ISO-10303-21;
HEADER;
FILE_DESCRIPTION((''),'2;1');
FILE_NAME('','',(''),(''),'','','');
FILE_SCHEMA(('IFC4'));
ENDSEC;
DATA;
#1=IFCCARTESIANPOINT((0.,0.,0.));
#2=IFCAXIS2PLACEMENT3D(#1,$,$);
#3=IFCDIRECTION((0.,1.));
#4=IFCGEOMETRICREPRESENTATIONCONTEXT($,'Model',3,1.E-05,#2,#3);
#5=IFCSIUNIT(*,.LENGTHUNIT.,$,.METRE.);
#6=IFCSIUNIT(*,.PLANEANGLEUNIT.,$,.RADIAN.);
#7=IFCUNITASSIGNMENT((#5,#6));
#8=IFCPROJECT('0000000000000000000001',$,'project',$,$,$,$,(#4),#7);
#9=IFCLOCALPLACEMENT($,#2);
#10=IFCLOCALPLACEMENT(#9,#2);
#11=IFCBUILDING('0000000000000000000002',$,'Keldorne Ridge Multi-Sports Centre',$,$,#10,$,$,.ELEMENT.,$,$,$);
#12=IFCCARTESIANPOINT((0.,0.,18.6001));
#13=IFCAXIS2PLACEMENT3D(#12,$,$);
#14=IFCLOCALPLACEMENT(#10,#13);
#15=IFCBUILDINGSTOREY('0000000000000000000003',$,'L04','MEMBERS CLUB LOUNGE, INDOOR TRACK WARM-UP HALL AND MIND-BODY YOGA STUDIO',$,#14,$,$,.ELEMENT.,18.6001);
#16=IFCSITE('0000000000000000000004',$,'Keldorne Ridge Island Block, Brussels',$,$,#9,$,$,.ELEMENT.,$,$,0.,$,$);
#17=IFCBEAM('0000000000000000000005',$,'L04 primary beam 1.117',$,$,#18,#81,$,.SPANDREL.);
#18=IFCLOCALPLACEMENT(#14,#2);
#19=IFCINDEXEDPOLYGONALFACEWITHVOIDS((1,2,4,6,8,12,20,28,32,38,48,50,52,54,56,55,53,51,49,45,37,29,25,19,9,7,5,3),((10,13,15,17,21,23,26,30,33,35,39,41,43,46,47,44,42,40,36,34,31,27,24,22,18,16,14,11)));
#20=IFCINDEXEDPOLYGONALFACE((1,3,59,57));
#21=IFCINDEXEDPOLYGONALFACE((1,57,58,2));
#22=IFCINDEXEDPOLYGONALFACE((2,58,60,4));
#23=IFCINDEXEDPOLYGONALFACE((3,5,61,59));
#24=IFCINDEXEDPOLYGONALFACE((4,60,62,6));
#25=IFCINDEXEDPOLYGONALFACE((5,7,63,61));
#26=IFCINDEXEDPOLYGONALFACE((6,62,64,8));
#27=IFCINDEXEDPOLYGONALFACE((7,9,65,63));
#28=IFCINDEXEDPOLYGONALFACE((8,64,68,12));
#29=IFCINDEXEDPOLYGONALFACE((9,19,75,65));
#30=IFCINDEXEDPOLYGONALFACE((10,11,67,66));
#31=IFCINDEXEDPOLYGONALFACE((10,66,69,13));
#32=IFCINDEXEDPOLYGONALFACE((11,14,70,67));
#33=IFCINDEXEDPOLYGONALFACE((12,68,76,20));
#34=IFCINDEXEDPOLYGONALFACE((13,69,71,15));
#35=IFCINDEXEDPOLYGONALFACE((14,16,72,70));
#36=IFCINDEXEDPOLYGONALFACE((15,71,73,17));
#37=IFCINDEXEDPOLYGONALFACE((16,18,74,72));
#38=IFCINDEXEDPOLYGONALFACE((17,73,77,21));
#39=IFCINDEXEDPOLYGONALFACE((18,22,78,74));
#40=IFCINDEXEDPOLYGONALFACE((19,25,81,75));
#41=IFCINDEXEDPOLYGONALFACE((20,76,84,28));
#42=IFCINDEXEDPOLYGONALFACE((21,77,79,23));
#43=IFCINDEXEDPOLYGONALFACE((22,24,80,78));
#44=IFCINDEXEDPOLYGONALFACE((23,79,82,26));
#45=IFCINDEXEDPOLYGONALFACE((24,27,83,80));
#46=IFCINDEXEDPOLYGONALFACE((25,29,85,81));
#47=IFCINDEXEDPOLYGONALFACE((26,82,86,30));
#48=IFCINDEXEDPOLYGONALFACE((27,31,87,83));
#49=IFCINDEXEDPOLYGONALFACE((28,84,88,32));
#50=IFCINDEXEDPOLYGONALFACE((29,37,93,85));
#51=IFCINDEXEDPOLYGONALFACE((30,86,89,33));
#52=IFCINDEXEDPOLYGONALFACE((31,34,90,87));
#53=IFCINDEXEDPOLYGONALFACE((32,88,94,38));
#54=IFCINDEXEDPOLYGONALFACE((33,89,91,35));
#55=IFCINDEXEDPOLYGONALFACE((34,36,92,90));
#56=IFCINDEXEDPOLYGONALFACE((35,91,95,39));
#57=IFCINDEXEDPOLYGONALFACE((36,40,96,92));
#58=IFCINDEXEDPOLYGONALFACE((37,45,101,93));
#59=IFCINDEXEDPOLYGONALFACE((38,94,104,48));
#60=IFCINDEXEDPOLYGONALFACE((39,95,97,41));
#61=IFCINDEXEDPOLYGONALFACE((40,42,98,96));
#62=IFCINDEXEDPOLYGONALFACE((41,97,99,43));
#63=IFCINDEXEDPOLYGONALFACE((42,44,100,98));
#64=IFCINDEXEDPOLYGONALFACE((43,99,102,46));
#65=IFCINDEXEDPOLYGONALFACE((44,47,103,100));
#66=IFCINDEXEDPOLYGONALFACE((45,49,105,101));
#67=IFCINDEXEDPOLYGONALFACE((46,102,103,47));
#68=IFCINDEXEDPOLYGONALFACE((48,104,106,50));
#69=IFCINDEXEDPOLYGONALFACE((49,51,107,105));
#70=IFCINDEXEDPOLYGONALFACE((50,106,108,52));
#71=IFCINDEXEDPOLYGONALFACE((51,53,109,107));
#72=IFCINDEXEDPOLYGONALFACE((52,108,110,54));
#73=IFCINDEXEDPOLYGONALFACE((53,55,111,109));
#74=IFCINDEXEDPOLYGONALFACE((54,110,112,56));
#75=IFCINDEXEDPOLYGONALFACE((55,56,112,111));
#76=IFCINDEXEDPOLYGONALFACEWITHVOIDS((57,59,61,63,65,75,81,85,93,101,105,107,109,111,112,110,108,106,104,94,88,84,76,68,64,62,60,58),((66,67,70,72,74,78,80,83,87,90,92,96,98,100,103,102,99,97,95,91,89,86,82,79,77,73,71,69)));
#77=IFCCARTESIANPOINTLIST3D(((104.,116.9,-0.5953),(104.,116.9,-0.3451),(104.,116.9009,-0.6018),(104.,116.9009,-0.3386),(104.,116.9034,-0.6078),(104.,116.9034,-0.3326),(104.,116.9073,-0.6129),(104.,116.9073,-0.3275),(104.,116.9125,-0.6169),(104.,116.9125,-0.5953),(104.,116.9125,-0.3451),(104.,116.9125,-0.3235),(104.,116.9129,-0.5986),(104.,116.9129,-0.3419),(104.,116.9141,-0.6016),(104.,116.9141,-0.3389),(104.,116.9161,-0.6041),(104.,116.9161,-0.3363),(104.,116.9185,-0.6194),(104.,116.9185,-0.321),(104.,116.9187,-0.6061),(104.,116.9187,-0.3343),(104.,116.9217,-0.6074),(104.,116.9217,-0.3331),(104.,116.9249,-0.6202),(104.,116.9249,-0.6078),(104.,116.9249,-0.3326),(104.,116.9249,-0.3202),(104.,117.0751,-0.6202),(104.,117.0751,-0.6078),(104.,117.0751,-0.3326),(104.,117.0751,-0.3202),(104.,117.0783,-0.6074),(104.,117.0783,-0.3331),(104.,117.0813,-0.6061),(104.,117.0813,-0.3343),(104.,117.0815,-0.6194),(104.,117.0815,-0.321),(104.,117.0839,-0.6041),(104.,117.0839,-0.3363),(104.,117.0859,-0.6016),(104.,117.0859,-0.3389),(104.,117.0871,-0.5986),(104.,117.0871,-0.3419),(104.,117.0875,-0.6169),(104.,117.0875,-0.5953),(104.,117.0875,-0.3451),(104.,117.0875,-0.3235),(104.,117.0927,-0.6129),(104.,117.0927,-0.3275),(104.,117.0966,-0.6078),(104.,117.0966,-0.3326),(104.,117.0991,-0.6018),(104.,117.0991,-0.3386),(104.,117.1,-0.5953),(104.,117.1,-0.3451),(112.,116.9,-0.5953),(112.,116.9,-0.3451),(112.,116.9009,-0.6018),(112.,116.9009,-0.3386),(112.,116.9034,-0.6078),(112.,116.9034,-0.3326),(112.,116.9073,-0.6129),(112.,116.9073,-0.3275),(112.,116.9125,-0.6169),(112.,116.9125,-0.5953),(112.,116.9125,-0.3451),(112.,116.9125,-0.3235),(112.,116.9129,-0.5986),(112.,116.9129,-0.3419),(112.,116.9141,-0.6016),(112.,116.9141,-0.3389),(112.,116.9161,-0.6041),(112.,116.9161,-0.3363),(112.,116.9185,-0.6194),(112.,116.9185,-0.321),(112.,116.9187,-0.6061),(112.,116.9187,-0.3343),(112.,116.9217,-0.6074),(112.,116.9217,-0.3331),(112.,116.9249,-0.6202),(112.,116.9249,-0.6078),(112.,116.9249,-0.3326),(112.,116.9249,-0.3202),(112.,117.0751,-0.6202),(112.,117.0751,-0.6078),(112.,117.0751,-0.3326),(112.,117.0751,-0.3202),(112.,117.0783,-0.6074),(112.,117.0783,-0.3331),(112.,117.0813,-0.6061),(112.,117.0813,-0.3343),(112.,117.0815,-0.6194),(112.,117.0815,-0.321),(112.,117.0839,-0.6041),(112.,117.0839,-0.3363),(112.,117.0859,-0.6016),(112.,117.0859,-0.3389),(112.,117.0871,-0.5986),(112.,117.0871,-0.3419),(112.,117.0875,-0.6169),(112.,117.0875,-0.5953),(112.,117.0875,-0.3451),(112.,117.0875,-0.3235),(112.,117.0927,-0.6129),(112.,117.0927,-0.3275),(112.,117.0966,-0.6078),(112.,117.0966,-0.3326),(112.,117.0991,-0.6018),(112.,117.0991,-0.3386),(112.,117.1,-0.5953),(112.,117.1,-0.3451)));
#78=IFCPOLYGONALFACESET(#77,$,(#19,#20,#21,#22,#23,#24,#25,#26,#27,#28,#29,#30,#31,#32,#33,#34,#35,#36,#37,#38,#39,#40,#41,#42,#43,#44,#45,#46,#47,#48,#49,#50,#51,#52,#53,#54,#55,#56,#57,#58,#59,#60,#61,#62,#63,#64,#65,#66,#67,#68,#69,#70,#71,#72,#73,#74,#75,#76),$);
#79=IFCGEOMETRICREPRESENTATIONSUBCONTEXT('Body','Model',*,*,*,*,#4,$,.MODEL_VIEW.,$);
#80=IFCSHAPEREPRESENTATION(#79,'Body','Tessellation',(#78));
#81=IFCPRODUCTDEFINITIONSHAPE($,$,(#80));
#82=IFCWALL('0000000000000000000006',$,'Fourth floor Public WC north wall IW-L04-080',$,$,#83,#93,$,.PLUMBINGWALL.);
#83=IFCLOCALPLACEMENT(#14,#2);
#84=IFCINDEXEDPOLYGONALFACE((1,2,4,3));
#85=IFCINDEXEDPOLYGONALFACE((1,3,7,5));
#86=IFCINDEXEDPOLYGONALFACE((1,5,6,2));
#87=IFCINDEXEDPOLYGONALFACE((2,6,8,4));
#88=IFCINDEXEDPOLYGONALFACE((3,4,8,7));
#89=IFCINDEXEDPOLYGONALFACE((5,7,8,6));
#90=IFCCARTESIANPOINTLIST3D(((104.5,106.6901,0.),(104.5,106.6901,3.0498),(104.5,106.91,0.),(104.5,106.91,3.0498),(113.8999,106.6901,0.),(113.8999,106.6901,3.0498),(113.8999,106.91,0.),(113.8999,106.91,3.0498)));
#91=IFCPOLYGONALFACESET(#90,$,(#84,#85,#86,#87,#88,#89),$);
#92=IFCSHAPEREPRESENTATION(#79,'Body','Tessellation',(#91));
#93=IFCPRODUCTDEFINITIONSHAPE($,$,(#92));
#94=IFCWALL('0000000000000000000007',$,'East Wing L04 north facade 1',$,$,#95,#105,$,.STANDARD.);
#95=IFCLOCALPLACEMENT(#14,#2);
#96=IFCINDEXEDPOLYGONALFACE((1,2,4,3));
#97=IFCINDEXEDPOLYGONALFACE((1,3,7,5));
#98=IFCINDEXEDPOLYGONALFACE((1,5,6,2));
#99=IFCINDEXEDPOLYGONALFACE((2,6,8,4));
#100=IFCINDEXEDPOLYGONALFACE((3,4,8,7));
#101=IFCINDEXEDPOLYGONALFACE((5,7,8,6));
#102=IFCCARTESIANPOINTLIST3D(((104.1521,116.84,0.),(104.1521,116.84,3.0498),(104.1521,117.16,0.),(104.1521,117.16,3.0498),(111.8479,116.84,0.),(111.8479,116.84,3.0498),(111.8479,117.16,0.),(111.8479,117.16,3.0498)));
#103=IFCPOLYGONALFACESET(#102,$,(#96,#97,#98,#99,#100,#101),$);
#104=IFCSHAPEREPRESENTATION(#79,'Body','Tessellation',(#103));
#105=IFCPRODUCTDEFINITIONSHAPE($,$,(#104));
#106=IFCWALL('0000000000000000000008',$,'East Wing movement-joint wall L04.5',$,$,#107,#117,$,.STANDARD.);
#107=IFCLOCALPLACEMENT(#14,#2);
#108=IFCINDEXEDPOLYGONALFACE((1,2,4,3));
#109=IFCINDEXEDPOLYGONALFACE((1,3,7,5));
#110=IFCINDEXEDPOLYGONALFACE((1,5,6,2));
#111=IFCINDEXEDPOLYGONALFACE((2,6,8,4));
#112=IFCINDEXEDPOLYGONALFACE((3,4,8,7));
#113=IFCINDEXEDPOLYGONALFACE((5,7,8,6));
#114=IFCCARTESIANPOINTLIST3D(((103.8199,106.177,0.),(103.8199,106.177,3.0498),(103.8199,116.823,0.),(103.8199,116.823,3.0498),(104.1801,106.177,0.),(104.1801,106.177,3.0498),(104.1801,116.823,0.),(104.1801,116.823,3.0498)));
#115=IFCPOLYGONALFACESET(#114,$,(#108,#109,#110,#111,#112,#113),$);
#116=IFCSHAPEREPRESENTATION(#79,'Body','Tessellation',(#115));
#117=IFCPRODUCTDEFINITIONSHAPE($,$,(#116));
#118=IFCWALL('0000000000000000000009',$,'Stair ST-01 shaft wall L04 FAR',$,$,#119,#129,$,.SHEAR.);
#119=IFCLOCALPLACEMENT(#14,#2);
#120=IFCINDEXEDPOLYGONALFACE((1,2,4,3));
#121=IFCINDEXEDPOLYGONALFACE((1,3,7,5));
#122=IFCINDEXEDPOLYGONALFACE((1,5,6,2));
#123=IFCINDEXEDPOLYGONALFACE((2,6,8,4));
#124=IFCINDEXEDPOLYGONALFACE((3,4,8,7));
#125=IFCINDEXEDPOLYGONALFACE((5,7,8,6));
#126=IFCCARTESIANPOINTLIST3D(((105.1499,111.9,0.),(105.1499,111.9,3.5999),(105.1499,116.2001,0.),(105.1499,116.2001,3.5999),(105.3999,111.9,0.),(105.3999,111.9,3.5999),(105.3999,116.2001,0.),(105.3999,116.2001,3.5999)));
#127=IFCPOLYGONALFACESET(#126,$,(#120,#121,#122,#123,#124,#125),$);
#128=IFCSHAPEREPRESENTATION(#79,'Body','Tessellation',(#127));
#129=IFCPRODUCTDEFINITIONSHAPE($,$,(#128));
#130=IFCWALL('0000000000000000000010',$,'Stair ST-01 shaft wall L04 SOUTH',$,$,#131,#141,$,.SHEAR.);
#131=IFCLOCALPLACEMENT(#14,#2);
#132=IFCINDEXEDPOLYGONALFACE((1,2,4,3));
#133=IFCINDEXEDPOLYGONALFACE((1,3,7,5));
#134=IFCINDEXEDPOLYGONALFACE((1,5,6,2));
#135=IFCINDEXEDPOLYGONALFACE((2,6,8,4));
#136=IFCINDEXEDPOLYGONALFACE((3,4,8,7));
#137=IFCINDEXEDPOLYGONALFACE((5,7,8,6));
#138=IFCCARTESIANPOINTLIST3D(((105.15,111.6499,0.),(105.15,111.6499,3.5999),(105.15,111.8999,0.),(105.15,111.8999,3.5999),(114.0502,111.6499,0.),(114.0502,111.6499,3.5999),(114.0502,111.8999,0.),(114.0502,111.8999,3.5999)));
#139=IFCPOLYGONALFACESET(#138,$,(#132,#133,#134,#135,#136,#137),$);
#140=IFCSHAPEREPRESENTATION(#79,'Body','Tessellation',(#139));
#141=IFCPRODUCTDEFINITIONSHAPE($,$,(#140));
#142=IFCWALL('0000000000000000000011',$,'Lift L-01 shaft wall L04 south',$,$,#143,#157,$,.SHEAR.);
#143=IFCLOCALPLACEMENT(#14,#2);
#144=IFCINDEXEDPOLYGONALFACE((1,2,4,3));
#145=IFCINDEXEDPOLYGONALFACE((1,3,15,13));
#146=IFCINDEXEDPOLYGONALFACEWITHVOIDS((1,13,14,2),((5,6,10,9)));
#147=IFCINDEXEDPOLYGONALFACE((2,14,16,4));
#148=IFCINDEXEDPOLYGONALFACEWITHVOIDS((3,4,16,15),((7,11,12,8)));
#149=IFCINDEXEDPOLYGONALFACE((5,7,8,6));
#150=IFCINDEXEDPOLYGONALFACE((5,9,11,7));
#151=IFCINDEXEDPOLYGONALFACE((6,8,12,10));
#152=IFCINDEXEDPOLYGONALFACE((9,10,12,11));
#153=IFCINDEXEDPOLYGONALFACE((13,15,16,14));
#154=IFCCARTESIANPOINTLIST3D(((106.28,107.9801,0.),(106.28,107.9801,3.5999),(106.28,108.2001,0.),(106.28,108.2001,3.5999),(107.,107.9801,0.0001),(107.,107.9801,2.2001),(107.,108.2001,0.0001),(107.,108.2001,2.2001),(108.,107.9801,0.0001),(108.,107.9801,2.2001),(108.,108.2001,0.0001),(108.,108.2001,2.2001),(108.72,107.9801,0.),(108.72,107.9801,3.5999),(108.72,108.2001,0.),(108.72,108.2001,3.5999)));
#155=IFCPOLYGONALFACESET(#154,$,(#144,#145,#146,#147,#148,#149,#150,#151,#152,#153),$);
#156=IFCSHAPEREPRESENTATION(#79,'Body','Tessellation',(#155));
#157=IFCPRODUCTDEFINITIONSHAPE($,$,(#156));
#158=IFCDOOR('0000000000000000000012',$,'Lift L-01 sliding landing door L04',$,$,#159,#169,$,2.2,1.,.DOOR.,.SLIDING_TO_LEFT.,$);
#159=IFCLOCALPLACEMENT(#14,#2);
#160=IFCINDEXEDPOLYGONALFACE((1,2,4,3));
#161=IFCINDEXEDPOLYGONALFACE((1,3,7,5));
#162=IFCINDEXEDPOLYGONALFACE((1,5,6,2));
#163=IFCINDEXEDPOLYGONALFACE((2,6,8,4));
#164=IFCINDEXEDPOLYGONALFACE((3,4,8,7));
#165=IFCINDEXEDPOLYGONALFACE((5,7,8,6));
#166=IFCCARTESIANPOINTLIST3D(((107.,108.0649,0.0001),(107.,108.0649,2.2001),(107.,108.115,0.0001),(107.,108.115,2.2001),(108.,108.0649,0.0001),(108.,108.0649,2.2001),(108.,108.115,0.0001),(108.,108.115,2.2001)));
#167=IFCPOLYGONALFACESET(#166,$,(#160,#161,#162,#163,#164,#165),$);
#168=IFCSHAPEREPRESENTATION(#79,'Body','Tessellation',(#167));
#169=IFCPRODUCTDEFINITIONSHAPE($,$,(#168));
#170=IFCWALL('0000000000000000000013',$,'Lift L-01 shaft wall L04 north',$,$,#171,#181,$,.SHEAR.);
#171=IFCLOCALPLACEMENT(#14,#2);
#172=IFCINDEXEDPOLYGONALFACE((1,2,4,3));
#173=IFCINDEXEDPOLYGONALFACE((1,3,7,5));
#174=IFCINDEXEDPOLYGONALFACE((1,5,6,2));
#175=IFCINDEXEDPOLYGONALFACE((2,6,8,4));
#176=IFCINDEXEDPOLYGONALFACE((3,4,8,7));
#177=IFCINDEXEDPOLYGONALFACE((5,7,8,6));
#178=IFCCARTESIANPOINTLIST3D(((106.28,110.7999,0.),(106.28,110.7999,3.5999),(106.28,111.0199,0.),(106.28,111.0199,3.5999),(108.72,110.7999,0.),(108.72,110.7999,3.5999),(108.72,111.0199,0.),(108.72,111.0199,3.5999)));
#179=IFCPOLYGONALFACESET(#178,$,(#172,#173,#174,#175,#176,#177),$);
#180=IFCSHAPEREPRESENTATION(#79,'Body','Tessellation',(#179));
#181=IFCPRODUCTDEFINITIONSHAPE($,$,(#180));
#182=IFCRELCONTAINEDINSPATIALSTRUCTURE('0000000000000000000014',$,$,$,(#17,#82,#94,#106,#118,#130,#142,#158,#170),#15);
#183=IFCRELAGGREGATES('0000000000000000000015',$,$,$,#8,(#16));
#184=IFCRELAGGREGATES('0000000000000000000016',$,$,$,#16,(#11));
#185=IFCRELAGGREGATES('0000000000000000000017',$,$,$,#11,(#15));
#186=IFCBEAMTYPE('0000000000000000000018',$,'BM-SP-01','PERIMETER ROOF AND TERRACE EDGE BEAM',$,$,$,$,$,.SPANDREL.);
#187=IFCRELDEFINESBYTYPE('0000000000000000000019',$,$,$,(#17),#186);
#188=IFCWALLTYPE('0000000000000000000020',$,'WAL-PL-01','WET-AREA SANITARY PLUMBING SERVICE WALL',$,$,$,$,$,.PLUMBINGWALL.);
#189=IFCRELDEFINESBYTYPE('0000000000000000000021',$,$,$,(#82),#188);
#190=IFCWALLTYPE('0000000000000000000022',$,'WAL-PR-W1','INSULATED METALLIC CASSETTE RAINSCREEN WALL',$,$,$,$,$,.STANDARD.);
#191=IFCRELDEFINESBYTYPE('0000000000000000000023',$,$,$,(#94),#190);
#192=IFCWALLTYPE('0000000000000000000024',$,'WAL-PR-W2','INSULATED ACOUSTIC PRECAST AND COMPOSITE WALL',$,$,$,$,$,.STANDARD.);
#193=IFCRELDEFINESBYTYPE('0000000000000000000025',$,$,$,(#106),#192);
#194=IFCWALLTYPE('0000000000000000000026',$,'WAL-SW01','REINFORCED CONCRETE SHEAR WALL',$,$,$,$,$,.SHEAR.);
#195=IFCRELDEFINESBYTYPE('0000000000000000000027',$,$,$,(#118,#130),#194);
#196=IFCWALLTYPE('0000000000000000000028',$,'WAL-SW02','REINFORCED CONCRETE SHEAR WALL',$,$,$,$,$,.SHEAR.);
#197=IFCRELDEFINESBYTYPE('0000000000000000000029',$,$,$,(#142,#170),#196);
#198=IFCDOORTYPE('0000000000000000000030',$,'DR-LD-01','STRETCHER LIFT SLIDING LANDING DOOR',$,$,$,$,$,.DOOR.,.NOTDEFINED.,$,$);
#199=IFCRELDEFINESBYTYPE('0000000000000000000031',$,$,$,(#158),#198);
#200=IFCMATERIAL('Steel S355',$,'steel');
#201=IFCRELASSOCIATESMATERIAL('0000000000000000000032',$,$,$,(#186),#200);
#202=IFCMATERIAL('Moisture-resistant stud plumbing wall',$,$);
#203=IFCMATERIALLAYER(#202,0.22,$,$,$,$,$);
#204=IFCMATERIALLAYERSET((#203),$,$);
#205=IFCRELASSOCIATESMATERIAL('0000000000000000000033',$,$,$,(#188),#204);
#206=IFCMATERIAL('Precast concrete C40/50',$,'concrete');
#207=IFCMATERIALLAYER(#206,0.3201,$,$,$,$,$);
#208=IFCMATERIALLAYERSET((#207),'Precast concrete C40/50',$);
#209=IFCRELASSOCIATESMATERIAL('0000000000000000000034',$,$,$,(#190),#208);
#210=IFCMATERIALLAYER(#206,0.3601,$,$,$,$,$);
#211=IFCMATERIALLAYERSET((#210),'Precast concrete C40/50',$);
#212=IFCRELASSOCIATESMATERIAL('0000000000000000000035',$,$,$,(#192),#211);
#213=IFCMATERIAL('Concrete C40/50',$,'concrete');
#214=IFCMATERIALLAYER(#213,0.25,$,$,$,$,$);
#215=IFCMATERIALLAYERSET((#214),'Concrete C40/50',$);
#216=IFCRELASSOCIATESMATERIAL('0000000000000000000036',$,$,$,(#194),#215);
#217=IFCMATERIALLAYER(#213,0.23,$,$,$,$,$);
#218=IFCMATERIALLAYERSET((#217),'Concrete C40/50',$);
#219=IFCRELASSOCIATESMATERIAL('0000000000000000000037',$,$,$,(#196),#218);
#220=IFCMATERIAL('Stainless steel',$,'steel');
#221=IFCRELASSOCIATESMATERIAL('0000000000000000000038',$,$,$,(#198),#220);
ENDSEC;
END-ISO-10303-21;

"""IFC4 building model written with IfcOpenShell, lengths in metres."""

from ifc_helpers import new_model, si_unit, direction, frame, frame_2d, origin, origin_2d, place, context, subcontext, project, spatial, rectangle, hollow_rectangle, extrude, material, layer, layer_set, material_profile, profile_set, type_object, element, fill, save


model = new_model("IFC4")

# Units and contexts
model_context = context("Model", 3, precision=1e-05, world=origin(), true_north=direction((0.0, 1.0)))
body_context = subcontext(model_context, "Body", "Model", "MODEL_VIEW")
ifc_project = project(units=[si_unit("LENGTHUNIT", "METRE"), si_unit("PLANEANGLEUNIT", "RADIAN")], contexts=[model_context])

# Site, building, storey
site_placement = place(None, origin())
site = spatial("IfcSite", under=ifc_project, at=site_placement, Name="Keldorne Ridge Island Block, Brussels", CompositionType="ELEMENT", RefElevation=0.0)
building_placement = place(site_placement, origin())
building = spatial("IfcBuilding", under=site, at=building_placement, Name="Keldorne Ridge Multi-Sports Centre", CompositionType="ELEMENT")
storey_placement = place(building_placement, frame((0.0, 0.0, 18.6001)))
storey = spatial("IfcBuildingStorey", under=building, at=storey_placement, Name="L04", Description="MEMBERS CLUB LOUNGE, INDOOR TRACK WARM-UP HALL AND MIND-BODY YOGA STUDIO", CompositionType="ELEMENT", Elevation=18.6001)

# Shared definitions
ifc_material_1 = material(Name="Steel S355", Category="steel")

# Beam
ifc_material_profile_1 = material_profile(ifc_material_1, hollow_rectangle(XDim=0.2, YDim=0.3, WallThickness=0.0125, InnerFilletRadius=0.0125, OuterFilletRadius=0.0249, at=origin_2d()), Name="RHS 300x200x12.5")
ifc_profile_set_1 = profile_set([ifc_material_profile_1], Name="Steel S355")
beam_type_1 = type_object("IfcBeamType", Name="BM-SP-01", Description="PERIMETER ROOF AND TERRACE EDGE BEAM", PredefinedType="SPANDREL", material=ifc_profile_set_1)
beam_1_placement = place(storey_placement, frame((104.0, 117.0, -0.4702), z_axis=(1.0, 0.0, 0.0), x_axis=(0.0, 1.0, 0.0)))
element("IfcBeam", 1, at=beam_1_placement, inside=storey, type_object=beam_type_1, Name="L04 primary beam 1.117", PredefinedType="SPANDREL", context=body_context, shape_type="SweptSolid", body=[
    extrude(hollow_rectangle(XDim=0.2, YDim=0.3, WallThickness=0.0125, InnerFilletRadius=0.0125, OuterFilletRadius=0.0249, at=origin_2d()), origin(), (0.0, 0.0, 1.0), 8.0),
])

# Walls
ifc_material_2 = material(Name="Moisture-resistant stud plumbing wall")
ifc_layer_1 = layer(ifc_material_2, 0.22)
ifc_layer_set_1 = layer_set([ifc_layer_1])
wall_type_1 = type_object("IfcWallType", Name="WAL-PL-01", Description="WET-AREA SANITARY PLUMBING SERVICE WALL", PredefinedType="PLUMBINGWALL", material=ifc_layer_set_1)
wall_1_placement = place(storey_placement, frame((104.5, 106.8, 0.0), z_axis=(0.0, 0.0, 1.0), x_axis=(1.0, 0.0, 0.0)))
element("IfcWall", 2, at=wall_1_placement, inside=storey, type_object=wall_type_1, Name="Fourth floor Public WC north wall IW-L04-080", PredefinedType="PLUMBINGWALL", context=body_context, shape_type="SweptSolid", body=[
    extrude(rectangle(XDim=9.3999, YDim=0.22, at=frame_2d((4.7, 0.0))), origin(), (0.0, 0.0, 1.0), 3.0498),
])
ifc_material_3 = material(Name="Precast concrete C40/50", Category="concrete")
ifc_layer_2 = layer(ifc_material_3, 0.3201)
ifc_layer_set_2 = layer_set([ifc_layer_2], Name="Precast concrete C40/50")
wall_type_2 = type_object("IfcWallType", Name="WAL-PR-W1", Description="INSULATED METALLIC CASSETTE RAINSCREEN WALL", PredefinedType="STANDARD", material=ifc_layer_set_2)
wall_2_placement = place(storey_placement, frame((111.8479, 117.0, 0.0), z_axis=(0.0, 0.0, 1.0), x_axis=(-1.0, 0.0, 0.0)))
element("IfcWall", 3, at=wall_2_placement, inside=storey, type_object=wall_type_2, Name="East Wing L04 north facade 1", PredefinedType="STANDARD", context=body_context, shape_type="SweptSolid", body=[
    extrude(rectangle(XDim=7.6958, YDim=0.3201, at=frame_2d((3.8479, 0.0))), origin(), (0.0, 0.0, 1.0), 3.0498),
])
ifc_layer_3 = layer(ifc_material_3, 0.3601)
ifc_layer_set_3 = layer_set([ifc_layer_3], Name="Precast concrete C40/50")
wall_type_3 = type_object("IfcWallType", Name="WAL-PR-W2", Description="INSULATED ACOUSTIC PRECAST AND COMPOSITE WALL", PredefinedType="STANDARD", material=ifc_layer_set_3)
wall_3_placement = place(storey_placement, frame((104.0, 116.823, 0.0), z_axis=(0.0, 0.0, 1.0), x_axis=(0.0, -1.0, 0.0)))
element("IfcWall", 4, at=wall_3_placement, inside=storey, type_object=wall_type_3, Name="East Wing movement-joint wall L04.5", PredefinedType="STANDARD", context=body_context, shape_type="SweptSolid", body=[
    extrude(rectangle(XDim=10.646, YDim=0.3601, at=frame_2d((5.323, 0.0))), origin(), (0.0, 0.0, 1.0), 3.0498),
])
ifc_material_4 = material(Name="Concrete C40/50", Category="concrete")
ifc_layer_4 = layer(ifc_material_4, 0.25)
ifc_layer_set_4 = layer_set([ifc_layer_4], Name="Concrete C40/50")
wall_type_4 = type_object("IfcWallType", Name="WAL-SW01", Description="REINFORCED CONCRETE SHEAR WALL", PredefinedType="SHEAR", material=ifc_layer_set_4)
wall_4_placement = place(storey_placement, frame((105.2749, 116.2, 0.0), z_axis=(0.0, 0.0, 1.0), x_axis=(0.0, -1.0, 0.0)))
element("IfcWall", 5, at=wall_4_placement, inside=storey, type_object=wall_type_4, Name="Stair ST-01 shaft wall L04 FAR", PredefinedType="SHEAR", context=body_context, shape_type="SweptSolid", body=[
    extrude(rectangle(XDim=4.3, YDim=0.25, at=frame_2d((2.1499, 0.0))), origin(), (0.0, 0.0, 1.0), 3.5999),
])
wall_5_placement = place(storey_placement, frame((105.1499, 111.7749, 0.0), z_axis=(0.0, 0.0, 1.0), x_axis=(1.0, 0.0, 0.0)))
element("IfcWall", 6, at=wall_5_placement, inside=storey, type_object=wall_type_4, Name="Stair ST-01 shaft wall L04 SOUTH", PredefinedType="SHEAR", context=body_context, shape_type="SweptSolid", body=[
    extrude(rectangle(XDim=8.9001, YDim=0.25, at=frame_2d((4.4502, 0.0))), origin(), (0.0, 0.0, 1.0), 3.5999),
])

# Wall, opening, door
ifc_layer_5 = layer(ifc_material_4, 0.23)
ifc_layer_set_5 = layer_set([ifc_layer_5], Name="Concrete C40/50")
wall_type_5 = type_object("IfcWallType", Name="WAL-SW02", Description="REINFORCED CONCRETE SHEAR WALL", PredefinedType="SHEAR", material=ifc_layer_set_5)
wall_6_placement = place(storey_placement, frame((106.28, 108.0901, 0.0), z_axis=(0.0, 0.0, 1.0), x_axis=(1.0, 0.0, 0.0)))
wall_6 = element("IfcWall", 7, at=wall_6_placement, inside=storey, type_object=wall_type_5, Name="Lift L-01 shaft wall L04 south", PredefinedType="SHEAR", context=body_context, shape_type="SweptSolid", body=[
    extrude(rectangle(XDim=2.4399, YDim=0.22, at=frame_2d((1.22, 0.0))), origin(), (0.0, 0.0, 1.0), 3.5999),
])
opening_1_placement = place(wall_6_placement, frame((0.72, 0.0, 0.0)))
opening_1 = element("IfcOpeningElement", 8, at=opening_1_placement, cuts=wall_6, PredefinedType="OPENING", context=body_context, shape_type="SweptSolid", body=[
    extrude(rectangle(XDim=1.0, YDim=2.2, at=frame_2d((0.5, 1.1001))), frame((0.0, 0.1201, 0.0), z_axis=(0.0, -1.0, 0.0), x_axis=(1.0, 0.0, 0.0)), (0.0, 0.0, 1.0), 0.24),
])
ifc_material_5 = material(Name="Stainless steel", Category="steel")
door_type = type_object("IfcDoorType", Name="DR-LD-01", Description="STRETCHER LIFT SLIDING LANDING DOOR", OperationType="NOTDEFINED", PredefinedType="DOOR", material=ifc_material_5)
door_1_placement = place(opening_1_placement, origin())
door_1 = element("IfcDoor", 9, at=door_1_placement, inside=storey, type_object=door_type, Name="Lift L-01 sliding landing door L04", OperationType="SLIDING_TO_LEFT", OverallHeight=2.2, OverallWidth=1.0, PredefinedType="DOOR", context=body_context, shape_type="SweptSolid", body=[
    extrude(rectangle(XDim=1.0, YDim=2.2, at=frame_2d((0.5, 1.1001))), frame((0.0, 0.0249, 0.0), z_axis=(0.0, -1.0, 0.0), x_axis=(1.0, 0.0, 0.0)), (0.0, 0.0, 1.0), 0.05),
])
fill(opening_1, door_1)

# Wall
wall_7_placement = place(storey_placement, frame((108.72, 110.9099, 0.0), z_axis=(0.0, 0.0, 1.0), x_axis=(-1.0, 0.0, 0.0)))
element("IfcWall", 10, at=wall_7_placement, inside=storey, type_object=wall_type_5, Name="Lift L-01 shaft wall L04 north", PredefinedType="SHEAR", context=body_context, shape_type="SweptSolid", body=[
    extrude(rectangle(XDim=2.4399, YDim=0.22, at=frame_2d((1.22, 0.0))), origin(), (0.0, 0.0, 1.0), 3.5999),
])

save(model, "model.ifc")
